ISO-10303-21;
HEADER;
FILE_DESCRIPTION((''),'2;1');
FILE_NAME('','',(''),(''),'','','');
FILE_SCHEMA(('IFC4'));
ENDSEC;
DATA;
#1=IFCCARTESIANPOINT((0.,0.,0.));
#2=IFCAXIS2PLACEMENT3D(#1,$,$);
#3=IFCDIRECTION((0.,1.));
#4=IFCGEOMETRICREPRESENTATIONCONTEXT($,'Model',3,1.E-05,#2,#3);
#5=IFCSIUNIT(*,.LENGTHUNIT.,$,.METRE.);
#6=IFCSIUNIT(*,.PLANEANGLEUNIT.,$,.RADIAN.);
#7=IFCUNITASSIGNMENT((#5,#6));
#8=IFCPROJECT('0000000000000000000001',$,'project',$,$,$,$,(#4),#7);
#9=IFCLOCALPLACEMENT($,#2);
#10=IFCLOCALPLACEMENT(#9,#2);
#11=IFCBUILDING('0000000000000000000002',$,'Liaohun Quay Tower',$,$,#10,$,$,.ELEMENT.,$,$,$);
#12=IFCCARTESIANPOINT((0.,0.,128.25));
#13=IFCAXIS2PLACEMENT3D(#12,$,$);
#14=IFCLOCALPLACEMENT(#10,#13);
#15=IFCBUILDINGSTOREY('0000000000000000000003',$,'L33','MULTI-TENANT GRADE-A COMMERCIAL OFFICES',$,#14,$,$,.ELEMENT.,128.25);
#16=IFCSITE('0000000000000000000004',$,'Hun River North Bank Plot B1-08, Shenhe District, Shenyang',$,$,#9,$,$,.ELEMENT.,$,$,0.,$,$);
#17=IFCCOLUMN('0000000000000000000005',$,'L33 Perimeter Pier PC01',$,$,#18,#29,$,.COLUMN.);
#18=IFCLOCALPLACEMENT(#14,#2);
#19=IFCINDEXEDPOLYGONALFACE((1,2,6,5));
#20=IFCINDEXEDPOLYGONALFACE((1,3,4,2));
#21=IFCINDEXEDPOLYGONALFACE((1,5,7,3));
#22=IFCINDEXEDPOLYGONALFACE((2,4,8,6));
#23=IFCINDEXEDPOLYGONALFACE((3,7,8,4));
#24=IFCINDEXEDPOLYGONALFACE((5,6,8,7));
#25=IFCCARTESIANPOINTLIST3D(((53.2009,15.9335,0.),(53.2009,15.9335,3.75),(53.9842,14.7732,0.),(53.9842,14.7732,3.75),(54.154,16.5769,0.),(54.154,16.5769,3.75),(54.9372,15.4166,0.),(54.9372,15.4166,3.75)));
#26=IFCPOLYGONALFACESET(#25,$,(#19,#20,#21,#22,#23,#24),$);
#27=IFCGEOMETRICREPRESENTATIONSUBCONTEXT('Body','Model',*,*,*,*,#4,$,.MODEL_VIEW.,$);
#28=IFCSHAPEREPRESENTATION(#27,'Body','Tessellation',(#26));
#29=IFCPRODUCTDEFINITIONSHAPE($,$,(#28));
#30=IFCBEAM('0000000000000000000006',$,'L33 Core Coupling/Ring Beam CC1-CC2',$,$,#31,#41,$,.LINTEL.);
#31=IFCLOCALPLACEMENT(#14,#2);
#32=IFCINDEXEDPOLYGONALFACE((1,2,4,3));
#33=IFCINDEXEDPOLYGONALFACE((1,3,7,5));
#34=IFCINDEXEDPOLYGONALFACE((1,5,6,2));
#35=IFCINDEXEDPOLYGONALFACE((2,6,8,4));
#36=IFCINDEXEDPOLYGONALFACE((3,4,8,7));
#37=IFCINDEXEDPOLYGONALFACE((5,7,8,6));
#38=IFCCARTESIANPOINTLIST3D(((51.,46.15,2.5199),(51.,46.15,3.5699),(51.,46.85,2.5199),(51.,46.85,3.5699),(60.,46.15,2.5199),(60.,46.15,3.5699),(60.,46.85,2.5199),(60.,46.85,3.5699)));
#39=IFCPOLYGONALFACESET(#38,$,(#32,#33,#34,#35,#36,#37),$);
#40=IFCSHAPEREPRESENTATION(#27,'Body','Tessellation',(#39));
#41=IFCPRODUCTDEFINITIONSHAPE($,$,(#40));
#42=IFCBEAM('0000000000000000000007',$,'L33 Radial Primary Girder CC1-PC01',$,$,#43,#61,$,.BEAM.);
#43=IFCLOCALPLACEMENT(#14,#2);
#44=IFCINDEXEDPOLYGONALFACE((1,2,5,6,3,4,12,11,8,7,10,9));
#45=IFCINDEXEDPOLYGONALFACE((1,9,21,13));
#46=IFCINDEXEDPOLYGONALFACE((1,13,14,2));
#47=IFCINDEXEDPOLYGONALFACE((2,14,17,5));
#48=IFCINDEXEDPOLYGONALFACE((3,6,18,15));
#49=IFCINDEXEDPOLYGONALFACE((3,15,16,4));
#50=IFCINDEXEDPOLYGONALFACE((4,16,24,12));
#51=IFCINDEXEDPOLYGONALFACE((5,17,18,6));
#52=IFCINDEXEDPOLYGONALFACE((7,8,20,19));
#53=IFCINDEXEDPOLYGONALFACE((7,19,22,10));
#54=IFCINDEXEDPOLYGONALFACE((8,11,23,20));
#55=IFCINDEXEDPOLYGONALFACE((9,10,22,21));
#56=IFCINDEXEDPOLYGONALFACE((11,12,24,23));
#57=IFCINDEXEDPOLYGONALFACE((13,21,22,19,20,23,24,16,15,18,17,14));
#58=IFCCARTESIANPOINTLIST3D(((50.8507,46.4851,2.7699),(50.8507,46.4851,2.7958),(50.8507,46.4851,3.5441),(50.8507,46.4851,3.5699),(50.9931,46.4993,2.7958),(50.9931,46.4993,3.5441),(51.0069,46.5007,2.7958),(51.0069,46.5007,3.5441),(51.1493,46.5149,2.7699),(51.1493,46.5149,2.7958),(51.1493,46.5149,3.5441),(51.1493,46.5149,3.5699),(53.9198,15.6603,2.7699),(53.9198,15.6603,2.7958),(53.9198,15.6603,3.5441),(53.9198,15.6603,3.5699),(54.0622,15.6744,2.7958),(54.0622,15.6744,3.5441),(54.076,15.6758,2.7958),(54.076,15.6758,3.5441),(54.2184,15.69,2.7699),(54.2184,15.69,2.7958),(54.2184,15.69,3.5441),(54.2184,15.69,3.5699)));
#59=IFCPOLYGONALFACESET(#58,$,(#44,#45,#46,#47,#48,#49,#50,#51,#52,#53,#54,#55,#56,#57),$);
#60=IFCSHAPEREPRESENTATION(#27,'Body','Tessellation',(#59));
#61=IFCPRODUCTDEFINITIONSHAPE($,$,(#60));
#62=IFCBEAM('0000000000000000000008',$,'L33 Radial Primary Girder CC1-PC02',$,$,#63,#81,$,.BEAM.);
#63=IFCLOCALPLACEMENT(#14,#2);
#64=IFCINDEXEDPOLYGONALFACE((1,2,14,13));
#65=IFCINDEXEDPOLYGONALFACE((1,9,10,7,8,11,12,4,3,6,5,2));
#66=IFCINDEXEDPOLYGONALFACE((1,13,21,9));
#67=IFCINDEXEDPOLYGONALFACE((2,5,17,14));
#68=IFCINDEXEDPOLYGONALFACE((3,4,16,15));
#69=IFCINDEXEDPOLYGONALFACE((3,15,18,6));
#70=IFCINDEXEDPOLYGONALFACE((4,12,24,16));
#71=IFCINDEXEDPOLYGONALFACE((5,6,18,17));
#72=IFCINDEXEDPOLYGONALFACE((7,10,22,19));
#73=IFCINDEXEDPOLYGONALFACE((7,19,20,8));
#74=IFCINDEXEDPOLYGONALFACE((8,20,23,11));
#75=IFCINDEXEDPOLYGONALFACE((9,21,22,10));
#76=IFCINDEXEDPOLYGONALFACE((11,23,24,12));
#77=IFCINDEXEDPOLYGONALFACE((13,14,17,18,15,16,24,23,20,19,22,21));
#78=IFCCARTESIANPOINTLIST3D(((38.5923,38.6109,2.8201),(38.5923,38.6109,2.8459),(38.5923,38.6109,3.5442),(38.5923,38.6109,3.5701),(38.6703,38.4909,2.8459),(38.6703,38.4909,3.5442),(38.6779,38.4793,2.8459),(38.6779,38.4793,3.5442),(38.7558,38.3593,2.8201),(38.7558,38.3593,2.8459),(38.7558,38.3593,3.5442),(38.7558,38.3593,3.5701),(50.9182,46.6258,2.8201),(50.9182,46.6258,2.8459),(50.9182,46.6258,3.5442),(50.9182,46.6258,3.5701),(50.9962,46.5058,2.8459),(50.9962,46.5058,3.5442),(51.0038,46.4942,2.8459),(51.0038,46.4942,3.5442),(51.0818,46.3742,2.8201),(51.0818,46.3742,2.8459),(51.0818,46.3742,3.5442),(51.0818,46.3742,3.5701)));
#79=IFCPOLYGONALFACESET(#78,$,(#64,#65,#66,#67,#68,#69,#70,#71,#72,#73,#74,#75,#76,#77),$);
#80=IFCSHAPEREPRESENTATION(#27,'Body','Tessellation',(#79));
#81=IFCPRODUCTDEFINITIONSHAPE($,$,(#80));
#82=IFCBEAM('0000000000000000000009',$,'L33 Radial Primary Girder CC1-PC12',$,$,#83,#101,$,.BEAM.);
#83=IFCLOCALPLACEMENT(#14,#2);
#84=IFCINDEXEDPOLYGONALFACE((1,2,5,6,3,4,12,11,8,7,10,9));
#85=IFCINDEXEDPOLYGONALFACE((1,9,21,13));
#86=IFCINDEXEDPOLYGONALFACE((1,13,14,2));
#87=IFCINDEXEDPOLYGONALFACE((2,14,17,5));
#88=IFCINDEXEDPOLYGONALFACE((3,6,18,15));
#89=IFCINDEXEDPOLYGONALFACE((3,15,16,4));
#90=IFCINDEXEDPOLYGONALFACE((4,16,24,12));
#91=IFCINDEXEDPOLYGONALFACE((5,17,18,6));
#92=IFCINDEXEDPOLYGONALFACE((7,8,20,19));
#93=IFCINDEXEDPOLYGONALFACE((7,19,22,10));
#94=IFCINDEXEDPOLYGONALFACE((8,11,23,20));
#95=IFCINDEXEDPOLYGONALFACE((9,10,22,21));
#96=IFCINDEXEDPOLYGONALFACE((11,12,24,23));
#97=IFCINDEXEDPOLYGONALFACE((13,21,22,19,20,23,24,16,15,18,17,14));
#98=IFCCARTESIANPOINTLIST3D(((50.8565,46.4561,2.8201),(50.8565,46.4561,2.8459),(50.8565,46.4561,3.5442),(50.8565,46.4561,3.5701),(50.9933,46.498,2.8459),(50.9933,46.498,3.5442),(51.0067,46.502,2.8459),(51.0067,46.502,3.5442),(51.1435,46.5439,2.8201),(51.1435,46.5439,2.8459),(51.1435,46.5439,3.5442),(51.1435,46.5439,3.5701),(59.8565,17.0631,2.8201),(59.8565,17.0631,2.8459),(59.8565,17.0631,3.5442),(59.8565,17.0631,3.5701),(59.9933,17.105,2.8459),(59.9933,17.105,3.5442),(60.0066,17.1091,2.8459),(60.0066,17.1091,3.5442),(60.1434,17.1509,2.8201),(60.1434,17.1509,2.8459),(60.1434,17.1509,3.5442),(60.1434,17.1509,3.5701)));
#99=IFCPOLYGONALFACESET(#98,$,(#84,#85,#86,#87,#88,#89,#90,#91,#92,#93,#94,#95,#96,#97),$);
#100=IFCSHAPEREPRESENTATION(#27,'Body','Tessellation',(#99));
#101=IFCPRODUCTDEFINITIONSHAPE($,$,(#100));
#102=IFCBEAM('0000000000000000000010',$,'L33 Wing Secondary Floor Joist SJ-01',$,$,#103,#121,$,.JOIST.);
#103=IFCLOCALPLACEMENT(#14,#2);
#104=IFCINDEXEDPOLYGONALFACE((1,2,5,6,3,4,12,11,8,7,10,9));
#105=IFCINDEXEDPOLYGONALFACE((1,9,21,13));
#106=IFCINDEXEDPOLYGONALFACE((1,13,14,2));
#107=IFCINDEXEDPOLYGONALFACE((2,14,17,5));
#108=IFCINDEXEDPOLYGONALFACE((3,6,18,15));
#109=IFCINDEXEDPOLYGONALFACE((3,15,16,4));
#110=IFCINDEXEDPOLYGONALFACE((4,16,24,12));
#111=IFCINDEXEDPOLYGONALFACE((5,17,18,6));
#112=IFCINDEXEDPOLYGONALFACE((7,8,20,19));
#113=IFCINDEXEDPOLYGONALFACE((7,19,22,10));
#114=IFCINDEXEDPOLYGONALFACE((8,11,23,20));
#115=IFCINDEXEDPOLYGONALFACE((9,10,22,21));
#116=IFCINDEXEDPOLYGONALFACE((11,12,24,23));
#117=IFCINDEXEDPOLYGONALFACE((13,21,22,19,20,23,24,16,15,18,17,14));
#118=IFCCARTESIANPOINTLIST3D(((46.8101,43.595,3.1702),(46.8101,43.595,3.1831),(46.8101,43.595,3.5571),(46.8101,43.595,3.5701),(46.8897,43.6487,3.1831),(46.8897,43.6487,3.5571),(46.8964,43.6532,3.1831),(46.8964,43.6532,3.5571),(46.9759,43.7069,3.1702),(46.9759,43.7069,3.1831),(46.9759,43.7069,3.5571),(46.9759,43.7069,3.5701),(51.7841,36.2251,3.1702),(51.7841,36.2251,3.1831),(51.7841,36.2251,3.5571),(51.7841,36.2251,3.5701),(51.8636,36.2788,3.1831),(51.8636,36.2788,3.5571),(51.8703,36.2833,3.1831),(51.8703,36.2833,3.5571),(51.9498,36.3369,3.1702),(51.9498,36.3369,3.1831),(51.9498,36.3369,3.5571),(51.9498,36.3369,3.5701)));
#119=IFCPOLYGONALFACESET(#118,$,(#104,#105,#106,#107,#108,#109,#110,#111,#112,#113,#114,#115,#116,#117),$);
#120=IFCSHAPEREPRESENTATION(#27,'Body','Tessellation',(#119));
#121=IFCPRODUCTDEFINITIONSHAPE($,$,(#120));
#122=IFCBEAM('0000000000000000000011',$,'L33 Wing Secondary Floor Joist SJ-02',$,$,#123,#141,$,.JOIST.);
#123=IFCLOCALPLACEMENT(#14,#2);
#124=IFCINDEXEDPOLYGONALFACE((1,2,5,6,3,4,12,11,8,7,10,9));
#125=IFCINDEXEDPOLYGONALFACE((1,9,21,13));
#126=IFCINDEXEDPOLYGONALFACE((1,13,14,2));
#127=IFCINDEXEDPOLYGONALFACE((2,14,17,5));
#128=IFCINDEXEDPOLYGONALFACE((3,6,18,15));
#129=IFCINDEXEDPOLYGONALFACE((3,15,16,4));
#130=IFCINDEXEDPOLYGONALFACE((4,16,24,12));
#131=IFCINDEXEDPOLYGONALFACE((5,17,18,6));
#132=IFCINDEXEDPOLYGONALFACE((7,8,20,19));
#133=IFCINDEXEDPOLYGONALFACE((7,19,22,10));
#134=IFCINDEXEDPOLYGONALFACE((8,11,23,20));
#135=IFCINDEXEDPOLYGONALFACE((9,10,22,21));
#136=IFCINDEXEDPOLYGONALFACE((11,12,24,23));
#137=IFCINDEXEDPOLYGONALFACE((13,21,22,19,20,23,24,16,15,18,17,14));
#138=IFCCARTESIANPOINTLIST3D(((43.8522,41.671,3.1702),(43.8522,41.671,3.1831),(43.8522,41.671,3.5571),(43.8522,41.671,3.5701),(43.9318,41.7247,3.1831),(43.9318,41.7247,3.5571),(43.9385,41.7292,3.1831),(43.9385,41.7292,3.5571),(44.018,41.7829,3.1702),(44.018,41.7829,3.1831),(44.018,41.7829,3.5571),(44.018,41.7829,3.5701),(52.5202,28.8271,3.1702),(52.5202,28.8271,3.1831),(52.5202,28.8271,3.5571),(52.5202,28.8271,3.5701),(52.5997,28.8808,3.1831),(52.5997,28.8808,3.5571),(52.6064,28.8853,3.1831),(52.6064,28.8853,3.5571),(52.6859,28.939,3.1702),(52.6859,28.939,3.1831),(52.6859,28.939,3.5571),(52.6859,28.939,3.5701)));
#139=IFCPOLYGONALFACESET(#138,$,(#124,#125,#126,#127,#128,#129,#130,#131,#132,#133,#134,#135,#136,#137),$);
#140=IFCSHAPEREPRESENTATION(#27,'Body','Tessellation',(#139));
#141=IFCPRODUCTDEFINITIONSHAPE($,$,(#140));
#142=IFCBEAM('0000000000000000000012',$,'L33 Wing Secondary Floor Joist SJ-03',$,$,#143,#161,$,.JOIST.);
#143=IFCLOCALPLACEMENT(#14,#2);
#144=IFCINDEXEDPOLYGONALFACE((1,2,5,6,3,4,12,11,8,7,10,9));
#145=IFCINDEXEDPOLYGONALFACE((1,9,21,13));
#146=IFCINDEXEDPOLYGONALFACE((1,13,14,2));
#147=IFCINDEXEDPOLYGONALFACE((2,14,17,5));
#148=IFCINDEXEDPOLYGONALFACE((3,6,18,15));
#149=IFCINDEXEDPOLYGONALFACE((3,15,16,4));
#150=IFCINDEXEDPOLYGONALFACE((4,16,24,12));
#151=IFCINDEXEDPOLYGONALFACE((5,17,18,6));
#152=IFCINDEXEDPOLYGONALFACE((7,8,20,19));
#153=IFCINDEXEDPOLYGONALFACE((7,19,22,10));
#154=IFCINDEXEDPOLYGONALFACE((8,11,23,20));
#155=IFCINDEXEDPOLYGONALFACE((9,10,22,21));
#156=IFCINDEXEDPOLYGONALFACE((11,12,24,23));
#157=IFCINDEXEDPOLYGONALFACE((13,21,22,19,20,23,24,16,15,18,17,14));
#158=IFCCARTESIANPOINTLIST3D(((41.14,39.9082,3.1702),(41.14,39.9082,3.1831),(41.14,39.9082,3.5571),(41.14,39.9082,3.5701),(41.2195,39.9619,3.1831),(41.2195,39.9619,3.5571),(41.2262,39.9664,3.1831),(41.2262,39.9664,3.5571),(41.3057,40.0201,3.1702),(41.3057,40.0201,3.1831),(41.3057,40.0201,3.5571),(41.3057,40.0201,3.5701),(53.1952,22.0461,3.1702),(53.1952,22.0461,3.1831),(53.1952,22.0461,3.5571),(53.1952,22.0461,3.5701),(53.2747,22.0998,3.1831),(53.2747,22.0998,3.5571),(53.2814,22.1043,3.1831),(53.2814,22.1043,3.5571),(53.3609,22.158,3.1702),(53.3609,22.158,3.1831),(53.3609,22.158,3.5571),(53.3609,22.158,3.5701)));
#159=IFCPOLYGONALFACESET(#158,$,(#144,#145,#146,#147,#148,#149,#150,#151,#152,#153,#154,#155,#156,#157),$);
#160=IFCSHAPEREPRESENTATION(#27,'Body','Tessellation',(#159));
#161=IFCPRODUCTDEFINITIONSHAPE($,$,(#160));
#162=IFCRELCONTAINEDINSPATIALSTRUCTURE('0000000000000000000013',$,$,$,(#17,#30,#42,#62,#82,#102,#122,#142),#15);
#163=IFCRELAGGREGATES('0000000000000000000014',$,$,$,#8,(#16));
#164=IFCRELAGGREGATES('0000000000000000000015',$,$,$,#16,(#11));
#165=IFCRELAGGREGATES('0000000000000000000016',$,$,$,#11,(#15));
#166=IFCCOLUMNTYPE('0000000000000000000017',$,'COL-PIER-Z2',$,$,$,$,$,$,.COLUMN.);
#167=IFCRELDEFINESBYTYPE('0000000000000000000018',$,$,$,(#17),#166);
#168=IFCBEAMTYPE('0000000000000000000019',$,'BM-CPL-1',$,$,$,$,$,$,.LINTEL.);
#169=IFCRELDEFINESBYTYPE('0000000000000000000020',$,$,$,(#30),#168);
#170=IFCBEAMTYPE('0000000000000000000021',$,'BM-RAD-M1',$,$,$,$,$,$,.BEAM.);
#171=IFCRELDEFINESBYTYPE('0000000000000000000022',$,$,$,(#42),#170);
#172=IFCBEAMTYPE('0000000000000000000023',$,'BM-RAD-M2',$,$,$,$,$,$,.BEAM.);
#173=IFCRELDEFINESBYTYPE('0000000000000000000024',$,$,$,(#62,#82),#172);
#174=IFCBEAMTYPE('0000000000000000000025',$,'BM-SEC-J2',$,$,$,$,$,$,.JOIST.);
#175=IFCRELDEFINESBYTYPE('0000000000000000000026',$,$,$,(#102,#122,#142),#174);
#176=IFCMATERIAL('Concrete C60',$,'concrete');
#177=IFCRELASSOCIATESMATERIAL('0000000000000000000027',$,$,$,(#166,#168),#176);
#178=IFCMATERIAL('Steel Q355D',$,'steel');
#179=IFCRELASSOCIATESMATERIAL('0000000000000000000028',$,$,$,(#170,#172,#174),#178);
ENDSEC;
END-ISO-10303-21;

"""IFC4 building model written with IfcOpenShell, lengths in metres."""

from ifc_helpers import new_model, si_unit, direction, frame, origin, origin_2d, place, context, subcontext, project, spatial, rectangle, i_section, extrude, source, transform, mapped, material, material_profile, profile_set, type_object, element, save


model = new_model("IFC4")

# Units and contexts
model_context = context("Model", 3, precision=1e-05, world=origin(), true_north=direction((0.0, 1.0)))
body_context = subcontext(model_context, "Body", "Model", "MODEL_VIEW")
ifc_project = project(units=[si_unit("LENGTHUNIT", "METRE"), si_unit("PLANEANGLEUNIT", "RADIAN")], contexts=[model_context])

# Site, building, storey
site_placement = place(None, origin())
site = spatial("IfcSite", under=ifc_project, at=site_placement, Name="Hun River North Bank Plot B1-08, Shenhe District, Shenyang", CompositionType="ELEMENT", RefElevation=0.0)
building_placement = place(site_placement, origin())
building = spatial("IfcBuilding", under=site, at=building_placement, Name="Liaohun Quay Tower", CompositionType="ELEMENT")
storey_placement = place(building_placement, frame((0.0, 0.0, 128.25)))
storey = spatial("IfcBuildingStorey", under=building, at=storey_placement, Name="L33", Description="MULTI-TENANT GRADE-A COMMERCIAL OFFICES", CompositionType="ELEMENT", Elevation=128.25)

# Column
ifc_material_1 = material(Name="Concrete C60", Category="concrete")
ifc_material_profile_1 = material_profile(ifc_material_1, rectangle(XDim=1.3999, YDim=1.1499, at=origin_2d()), Name="RC1400x1150")
ifc_profile_set_1 = profile_set([ifc_material_profile_1], Name="Concrete C60")
column_type = type_object("IfcColumnType", Name="COL-PIER-Z2", PredefinedType="COLUMN", material=ifc_profile_set_1)
shared_shape_1 = source(origin(), body_context, "Body", "SweptSolid", [
    extrude(rectangle(XDim=1.3999, YDim=1.1499, at=origin_2d()), origin(), (0.0, 0.0, 1.0), 3.75),
])
column_placement = place(storey_placement, frame((54.0691, 15.675, 0.0), z_axis=(0.0, 0.0, 1.0), x_axis=(-0.559482, 0.828842, 0.0)))
element("IfcColumn", 1, at=column_placement, inside=storey, type_object=column_type, Name="L33 Perimeter Pier PC01", PredefinedType="COLUMN", context=body_context, shape_type="MappedRepresentation", body=[
    mapped(shared_shape_1, transform((0.0, 0.0, 0.0), x_axis=(1.0, 0.0, 0.0), y_axis=(0.0, 1.0, 0.0), z_axis=(0.0, 0.0, 1.0), scale=1.0)),
])

# Beams
ifc_material_profile_2 = material_profile(ifc_material_1, rectangle(XDim=0.7, YDim=1.05, at=origin_2d()), Name="RC700x1050")
ifc_profile_set_2 = profile_set([ifc_material_profile_2], Name="Concrete C60")
beam_type_1 = type_object("IfcBeamType", Name="BM-CPL-1", PredefinedType="LINTEL", material=ifc_profile_set_2)
shared_shape_2 = source(origin(), body_context, "Body", "SweptSolid", [
    extrude(rectangle(XDim=0.7, YDim=1.05, at=origin_2d()), origin(), (0.0, 0.0, 1.0), 9.0),
])
beam_1_placement = place(storey_placement, frame((51.0, 46.5, 3.0449), z_axis=(1.0, 0.0, 0.0), x_axis=(0.0, 1.0, 0.0)))
element("IfcBeam", 2, at=beam_1_placement, inside=storey, type_object=beam_type_1, Name="L33 Core Coupling/Ring Beam CC1-CC2", PredefinedType="LINTEL", context=body_context, shape_type="MappedRepresentation", body=[
    mapped(shared_shape_2, transform((0.0, 0.0, 0.0), x_axis=(1.0, 0.0, 0.0), y_axis=(0.0, 1.0, 0.0), z_axis=(0.0, 0.0, 1.0), scale=1.0)),
])
ifc_material_2 = material(Name="Steel Q355D", Category="steel")
ifc_material_profile_3 = material_profile(ifc_material_2, i_section(OverallWidth=0.3, OverallDepth=0.8, WebThickness=0.0139, FlangeThickness=0.0259, at=origin_2d()), Name="HN800x300x14x26")
ifc_profile_set_3 = profile_set([ifc_material_profile_3], Name="Steel Q355D")
beam_type_2 = type_object("IfcBeamType", Name="BM-RAD-M1", PredefinedType="BEAM", material=ifc_profile_set_3)
shared_shape_3 = source(origin(), body_context, "Body", "SweptSolid", [
    extrude(i_section(OverallWidth=0.3, OverallDepth=0.8, WebThickness=0.0139, FlangeThickness=0.0259, at=origin_2d()), origin(), (0.0, 0.0, 1.0), 30.9773),
])
beam_2_placement = place(storey_placement, frame((51.0, 46.5, 3.1699), z_axis=(0.099075, -0.99508, 0.0), x_axis=(0.99508, 0.099075, 0.0)))
element("IfcBeam", 3, at=beam_2_placement, inside=storey, type_object=beam_type_2, Name="L33 Radial Primary Girder CC1-PC01", PredefinedType="BEAM", context=body_context, shape_type="MappedRepresentation", body=[
    mapped(shared_shape_3, transform((0.0, 0.0, 0.0), x_axis=(1.0, 0.0, 0.0), y_axis=(0.0, 1.0, 0.0), z_axis=(0.0, 0.0, 1.0), scale=1.0)),
])
ifc_material_profile_4 = material_profile(ifc_material_2, i_section(OverallWidth=0.3, OverallDepth=0.75, WebThickness=0.0139, FlangeThickness=0.0259, at=origin_2d()), Name="HN750x300x14x26")
ifc_profile_set_4 = profile_set([ifc_material_profile_4], Name="Steel Q355D")
beam_type_3 = type_object("IfcBeamType", Name="BM-RAD-M2", PredefinedType="BEAM", material=ifc_profile_set_4)
shared_shape_4 = source(origin(), body_context, "Body", "SweptSolid", [
    extrude(i_section(OverallWidth=0.3, OverallDepth=0.75, WebThickness=0.0139, FlangeThickness=0.0259, at=origin_2d()), origin(), (0.0, 0.0, 1.0), 14.7026),
])
beam_3_placement = place(storey_placement, frame((51.0, 46.5, 3.1951), z_axis=(-0.838349, -0.545134, 0.0), x_axis=(0.545134, -0.838349, 0.0)))
element("IfcBeam", 4, at=beam_3_placement, inside=storey, type_object=beam_type_3, Name="L33 Radial Primary Girder CC1-PC02", PredefinedType="BEAM", context=body_context, shape_type="MappedRepresentation", body=[
    mapped(shared_shape_4, transform((0.0, 0.0, 0.0), x_axis=(1.0, 0.0, 0.0), y_axis=(0.0, 1.0, 0.0), z_axis=(0.0, 0.0, 1.0), scale=1.0)),
])
shared_shape_5 = source(origin(), body_context, "Body", "SweptSolid", [
    extrude(i_section(OverallWidth=0.3, OverallDepth=0.75, WebThickness=0.0139, FlangeThickness=0.0259, at=origin_2d()), origin(), (0.0, 0.0, 1.0), 30.74),
])
beam_4_placement = place(storey_placement, frame((51.0, 46.5, 3.1951), z_axis=(0.292777, -0.956181, 0.0), x_axis=(0.956181, 0.292777, 0.0)))
element("IfcBeam", 5, at=beam_4_placement, inside=storey, type_object=beam_type_3, Name="L33 Radial Primary Girder CC1-PC12", PredefinedType="BEAM", context=body_context, shape_type="MappedRepresentation", body=[
    mapped(shared_shape_5, transform((0.0, 0.0, 0.0), x_axis=(1.0, 0.0, 0.0), y_axis=(0.0, 1.0, 0.0), z_axis=(0.0, 0.0, 1.0), scale=1.0)),
])
ifc_material_profile_5 = material_profile(ifc_material_2, i_section(OverallWidth=0.2, OverallDepth=0.3999, WebThickness=0.0081, FlangeThickness=0.0129, at=origin_2d()), Name="HN400x200x8x13")
ifc_profile_set_5 = profile_set([ifc_material_profile_5], Name="Steel Q355D")
beam_type_4 = type_object("IfcBeamType", Name="BM-SEC-J2", PredefinedType="JOIST", material=ifc_profile_set_5)
shared_shape_6 = source(origin(), body_context, "Body", "SweptSolid", [
    extrude(i_section(OverallWidth=0.2, OverallDepth=0.3999, WebThickness=0.0081, FlangeThickness=0.0129, at=origin_2d()), origin(), (0.0, 0.0, 1.0), 8.8914),
])
beam_5_placement = place(storey_placement, frame((51.8669, 36.281, 3.3701), z_axis=(-0.559412, 0.82889, 0.0), x_axis=(-0.82889, -0.559412, 0.0)))
element("IfcBeam", 6, at=beam_5_placement, inside=storey, type_object=beam_type_4, Name="L33 Wing Secondary Floor Joist SJ-01", PredefinedType="JOIST", context=body_context, shape_type="MappedRepresentation", body=[
    mapped(shared_shape_6, transform((0.0, 0.0, 0.0), x_axis=(1.0, 0.0, 0.0), y_axis=(0.0, 1.0, 0.0), z_axis=(0.0, 0.0, 1.0), scale=1.0)),
])
shared_shape_7 = source(origin(), body_context, "Body", "SweptSolid", [
    extrude(i_section(OverallWidth=0.2, OverallDepth=0.3999, WebThickness=0.0081, FlangeThickness=0.0129, at=origin_2d()), origin(), (0.0, 0.0, 1.0), 15.4951),
])
beam_6_placement = place(storey_placement, frame((52.603, 28.8831, 3.3701), z_axis=(-0.559396, 0.8289, 0.0), x_axis=(-0.8289, -0.559396, 0.0)))
element("IfcBeam", 7, at=beam_6_placement, inside=storey, type_object=beam_type_4, Name="L33 Wing Secondary Floor Joist SJ-02", PredefinedType="JOIST", context=body_context, shape_type="MappedRepresentation", body=[
    mapped(shared_shape_7, transform((0.0, 0.0, 0.0), x_axis=(1.0, 0.0, 0.0), y_axis=(0.0, 1.0, 0.0), z_axis=(0.0, 0.0, 1.0), scale=1.0)),
])
shared_shape_8 = source(origin(), body_context, "Body", "SweptSolid", [
    extrude(i_section(OverallWidth=0.2, OverallDepth=0.3999, WebThickness=0.0081, FlangeThickness=0.0129, at=origin_2d()), origin(), (0.0, 0.0, 1.0), 21.5496),
])
beam_7_placement = place(storey_placement, frame((53.2781, 22.1021, 3.3701), z_axis=(-0.559418, 0.828886, 0.0), x_axis=(-0.828886, -0.559418, 0.0)))
element("IfcBeam", 8, at=beam_7_placement, inside=storey, type_object=beam_type_4, Name="L33 Wing Secondary Floor Joist SJ-03", PredefinedType="JOIST", context=body_context, shape_type="MappedRepresentation", body=[
    mapped(shared_shape_8, transform((0.0, 0.0, 0.0), x_axis=(1.0, 0.0, 0.0), y_axis=(0.0, 1.0, 0.0), z_axis=(0.0, 0.0, 1.0), scale=1.0)),
])

save(model, "model.ifc")
